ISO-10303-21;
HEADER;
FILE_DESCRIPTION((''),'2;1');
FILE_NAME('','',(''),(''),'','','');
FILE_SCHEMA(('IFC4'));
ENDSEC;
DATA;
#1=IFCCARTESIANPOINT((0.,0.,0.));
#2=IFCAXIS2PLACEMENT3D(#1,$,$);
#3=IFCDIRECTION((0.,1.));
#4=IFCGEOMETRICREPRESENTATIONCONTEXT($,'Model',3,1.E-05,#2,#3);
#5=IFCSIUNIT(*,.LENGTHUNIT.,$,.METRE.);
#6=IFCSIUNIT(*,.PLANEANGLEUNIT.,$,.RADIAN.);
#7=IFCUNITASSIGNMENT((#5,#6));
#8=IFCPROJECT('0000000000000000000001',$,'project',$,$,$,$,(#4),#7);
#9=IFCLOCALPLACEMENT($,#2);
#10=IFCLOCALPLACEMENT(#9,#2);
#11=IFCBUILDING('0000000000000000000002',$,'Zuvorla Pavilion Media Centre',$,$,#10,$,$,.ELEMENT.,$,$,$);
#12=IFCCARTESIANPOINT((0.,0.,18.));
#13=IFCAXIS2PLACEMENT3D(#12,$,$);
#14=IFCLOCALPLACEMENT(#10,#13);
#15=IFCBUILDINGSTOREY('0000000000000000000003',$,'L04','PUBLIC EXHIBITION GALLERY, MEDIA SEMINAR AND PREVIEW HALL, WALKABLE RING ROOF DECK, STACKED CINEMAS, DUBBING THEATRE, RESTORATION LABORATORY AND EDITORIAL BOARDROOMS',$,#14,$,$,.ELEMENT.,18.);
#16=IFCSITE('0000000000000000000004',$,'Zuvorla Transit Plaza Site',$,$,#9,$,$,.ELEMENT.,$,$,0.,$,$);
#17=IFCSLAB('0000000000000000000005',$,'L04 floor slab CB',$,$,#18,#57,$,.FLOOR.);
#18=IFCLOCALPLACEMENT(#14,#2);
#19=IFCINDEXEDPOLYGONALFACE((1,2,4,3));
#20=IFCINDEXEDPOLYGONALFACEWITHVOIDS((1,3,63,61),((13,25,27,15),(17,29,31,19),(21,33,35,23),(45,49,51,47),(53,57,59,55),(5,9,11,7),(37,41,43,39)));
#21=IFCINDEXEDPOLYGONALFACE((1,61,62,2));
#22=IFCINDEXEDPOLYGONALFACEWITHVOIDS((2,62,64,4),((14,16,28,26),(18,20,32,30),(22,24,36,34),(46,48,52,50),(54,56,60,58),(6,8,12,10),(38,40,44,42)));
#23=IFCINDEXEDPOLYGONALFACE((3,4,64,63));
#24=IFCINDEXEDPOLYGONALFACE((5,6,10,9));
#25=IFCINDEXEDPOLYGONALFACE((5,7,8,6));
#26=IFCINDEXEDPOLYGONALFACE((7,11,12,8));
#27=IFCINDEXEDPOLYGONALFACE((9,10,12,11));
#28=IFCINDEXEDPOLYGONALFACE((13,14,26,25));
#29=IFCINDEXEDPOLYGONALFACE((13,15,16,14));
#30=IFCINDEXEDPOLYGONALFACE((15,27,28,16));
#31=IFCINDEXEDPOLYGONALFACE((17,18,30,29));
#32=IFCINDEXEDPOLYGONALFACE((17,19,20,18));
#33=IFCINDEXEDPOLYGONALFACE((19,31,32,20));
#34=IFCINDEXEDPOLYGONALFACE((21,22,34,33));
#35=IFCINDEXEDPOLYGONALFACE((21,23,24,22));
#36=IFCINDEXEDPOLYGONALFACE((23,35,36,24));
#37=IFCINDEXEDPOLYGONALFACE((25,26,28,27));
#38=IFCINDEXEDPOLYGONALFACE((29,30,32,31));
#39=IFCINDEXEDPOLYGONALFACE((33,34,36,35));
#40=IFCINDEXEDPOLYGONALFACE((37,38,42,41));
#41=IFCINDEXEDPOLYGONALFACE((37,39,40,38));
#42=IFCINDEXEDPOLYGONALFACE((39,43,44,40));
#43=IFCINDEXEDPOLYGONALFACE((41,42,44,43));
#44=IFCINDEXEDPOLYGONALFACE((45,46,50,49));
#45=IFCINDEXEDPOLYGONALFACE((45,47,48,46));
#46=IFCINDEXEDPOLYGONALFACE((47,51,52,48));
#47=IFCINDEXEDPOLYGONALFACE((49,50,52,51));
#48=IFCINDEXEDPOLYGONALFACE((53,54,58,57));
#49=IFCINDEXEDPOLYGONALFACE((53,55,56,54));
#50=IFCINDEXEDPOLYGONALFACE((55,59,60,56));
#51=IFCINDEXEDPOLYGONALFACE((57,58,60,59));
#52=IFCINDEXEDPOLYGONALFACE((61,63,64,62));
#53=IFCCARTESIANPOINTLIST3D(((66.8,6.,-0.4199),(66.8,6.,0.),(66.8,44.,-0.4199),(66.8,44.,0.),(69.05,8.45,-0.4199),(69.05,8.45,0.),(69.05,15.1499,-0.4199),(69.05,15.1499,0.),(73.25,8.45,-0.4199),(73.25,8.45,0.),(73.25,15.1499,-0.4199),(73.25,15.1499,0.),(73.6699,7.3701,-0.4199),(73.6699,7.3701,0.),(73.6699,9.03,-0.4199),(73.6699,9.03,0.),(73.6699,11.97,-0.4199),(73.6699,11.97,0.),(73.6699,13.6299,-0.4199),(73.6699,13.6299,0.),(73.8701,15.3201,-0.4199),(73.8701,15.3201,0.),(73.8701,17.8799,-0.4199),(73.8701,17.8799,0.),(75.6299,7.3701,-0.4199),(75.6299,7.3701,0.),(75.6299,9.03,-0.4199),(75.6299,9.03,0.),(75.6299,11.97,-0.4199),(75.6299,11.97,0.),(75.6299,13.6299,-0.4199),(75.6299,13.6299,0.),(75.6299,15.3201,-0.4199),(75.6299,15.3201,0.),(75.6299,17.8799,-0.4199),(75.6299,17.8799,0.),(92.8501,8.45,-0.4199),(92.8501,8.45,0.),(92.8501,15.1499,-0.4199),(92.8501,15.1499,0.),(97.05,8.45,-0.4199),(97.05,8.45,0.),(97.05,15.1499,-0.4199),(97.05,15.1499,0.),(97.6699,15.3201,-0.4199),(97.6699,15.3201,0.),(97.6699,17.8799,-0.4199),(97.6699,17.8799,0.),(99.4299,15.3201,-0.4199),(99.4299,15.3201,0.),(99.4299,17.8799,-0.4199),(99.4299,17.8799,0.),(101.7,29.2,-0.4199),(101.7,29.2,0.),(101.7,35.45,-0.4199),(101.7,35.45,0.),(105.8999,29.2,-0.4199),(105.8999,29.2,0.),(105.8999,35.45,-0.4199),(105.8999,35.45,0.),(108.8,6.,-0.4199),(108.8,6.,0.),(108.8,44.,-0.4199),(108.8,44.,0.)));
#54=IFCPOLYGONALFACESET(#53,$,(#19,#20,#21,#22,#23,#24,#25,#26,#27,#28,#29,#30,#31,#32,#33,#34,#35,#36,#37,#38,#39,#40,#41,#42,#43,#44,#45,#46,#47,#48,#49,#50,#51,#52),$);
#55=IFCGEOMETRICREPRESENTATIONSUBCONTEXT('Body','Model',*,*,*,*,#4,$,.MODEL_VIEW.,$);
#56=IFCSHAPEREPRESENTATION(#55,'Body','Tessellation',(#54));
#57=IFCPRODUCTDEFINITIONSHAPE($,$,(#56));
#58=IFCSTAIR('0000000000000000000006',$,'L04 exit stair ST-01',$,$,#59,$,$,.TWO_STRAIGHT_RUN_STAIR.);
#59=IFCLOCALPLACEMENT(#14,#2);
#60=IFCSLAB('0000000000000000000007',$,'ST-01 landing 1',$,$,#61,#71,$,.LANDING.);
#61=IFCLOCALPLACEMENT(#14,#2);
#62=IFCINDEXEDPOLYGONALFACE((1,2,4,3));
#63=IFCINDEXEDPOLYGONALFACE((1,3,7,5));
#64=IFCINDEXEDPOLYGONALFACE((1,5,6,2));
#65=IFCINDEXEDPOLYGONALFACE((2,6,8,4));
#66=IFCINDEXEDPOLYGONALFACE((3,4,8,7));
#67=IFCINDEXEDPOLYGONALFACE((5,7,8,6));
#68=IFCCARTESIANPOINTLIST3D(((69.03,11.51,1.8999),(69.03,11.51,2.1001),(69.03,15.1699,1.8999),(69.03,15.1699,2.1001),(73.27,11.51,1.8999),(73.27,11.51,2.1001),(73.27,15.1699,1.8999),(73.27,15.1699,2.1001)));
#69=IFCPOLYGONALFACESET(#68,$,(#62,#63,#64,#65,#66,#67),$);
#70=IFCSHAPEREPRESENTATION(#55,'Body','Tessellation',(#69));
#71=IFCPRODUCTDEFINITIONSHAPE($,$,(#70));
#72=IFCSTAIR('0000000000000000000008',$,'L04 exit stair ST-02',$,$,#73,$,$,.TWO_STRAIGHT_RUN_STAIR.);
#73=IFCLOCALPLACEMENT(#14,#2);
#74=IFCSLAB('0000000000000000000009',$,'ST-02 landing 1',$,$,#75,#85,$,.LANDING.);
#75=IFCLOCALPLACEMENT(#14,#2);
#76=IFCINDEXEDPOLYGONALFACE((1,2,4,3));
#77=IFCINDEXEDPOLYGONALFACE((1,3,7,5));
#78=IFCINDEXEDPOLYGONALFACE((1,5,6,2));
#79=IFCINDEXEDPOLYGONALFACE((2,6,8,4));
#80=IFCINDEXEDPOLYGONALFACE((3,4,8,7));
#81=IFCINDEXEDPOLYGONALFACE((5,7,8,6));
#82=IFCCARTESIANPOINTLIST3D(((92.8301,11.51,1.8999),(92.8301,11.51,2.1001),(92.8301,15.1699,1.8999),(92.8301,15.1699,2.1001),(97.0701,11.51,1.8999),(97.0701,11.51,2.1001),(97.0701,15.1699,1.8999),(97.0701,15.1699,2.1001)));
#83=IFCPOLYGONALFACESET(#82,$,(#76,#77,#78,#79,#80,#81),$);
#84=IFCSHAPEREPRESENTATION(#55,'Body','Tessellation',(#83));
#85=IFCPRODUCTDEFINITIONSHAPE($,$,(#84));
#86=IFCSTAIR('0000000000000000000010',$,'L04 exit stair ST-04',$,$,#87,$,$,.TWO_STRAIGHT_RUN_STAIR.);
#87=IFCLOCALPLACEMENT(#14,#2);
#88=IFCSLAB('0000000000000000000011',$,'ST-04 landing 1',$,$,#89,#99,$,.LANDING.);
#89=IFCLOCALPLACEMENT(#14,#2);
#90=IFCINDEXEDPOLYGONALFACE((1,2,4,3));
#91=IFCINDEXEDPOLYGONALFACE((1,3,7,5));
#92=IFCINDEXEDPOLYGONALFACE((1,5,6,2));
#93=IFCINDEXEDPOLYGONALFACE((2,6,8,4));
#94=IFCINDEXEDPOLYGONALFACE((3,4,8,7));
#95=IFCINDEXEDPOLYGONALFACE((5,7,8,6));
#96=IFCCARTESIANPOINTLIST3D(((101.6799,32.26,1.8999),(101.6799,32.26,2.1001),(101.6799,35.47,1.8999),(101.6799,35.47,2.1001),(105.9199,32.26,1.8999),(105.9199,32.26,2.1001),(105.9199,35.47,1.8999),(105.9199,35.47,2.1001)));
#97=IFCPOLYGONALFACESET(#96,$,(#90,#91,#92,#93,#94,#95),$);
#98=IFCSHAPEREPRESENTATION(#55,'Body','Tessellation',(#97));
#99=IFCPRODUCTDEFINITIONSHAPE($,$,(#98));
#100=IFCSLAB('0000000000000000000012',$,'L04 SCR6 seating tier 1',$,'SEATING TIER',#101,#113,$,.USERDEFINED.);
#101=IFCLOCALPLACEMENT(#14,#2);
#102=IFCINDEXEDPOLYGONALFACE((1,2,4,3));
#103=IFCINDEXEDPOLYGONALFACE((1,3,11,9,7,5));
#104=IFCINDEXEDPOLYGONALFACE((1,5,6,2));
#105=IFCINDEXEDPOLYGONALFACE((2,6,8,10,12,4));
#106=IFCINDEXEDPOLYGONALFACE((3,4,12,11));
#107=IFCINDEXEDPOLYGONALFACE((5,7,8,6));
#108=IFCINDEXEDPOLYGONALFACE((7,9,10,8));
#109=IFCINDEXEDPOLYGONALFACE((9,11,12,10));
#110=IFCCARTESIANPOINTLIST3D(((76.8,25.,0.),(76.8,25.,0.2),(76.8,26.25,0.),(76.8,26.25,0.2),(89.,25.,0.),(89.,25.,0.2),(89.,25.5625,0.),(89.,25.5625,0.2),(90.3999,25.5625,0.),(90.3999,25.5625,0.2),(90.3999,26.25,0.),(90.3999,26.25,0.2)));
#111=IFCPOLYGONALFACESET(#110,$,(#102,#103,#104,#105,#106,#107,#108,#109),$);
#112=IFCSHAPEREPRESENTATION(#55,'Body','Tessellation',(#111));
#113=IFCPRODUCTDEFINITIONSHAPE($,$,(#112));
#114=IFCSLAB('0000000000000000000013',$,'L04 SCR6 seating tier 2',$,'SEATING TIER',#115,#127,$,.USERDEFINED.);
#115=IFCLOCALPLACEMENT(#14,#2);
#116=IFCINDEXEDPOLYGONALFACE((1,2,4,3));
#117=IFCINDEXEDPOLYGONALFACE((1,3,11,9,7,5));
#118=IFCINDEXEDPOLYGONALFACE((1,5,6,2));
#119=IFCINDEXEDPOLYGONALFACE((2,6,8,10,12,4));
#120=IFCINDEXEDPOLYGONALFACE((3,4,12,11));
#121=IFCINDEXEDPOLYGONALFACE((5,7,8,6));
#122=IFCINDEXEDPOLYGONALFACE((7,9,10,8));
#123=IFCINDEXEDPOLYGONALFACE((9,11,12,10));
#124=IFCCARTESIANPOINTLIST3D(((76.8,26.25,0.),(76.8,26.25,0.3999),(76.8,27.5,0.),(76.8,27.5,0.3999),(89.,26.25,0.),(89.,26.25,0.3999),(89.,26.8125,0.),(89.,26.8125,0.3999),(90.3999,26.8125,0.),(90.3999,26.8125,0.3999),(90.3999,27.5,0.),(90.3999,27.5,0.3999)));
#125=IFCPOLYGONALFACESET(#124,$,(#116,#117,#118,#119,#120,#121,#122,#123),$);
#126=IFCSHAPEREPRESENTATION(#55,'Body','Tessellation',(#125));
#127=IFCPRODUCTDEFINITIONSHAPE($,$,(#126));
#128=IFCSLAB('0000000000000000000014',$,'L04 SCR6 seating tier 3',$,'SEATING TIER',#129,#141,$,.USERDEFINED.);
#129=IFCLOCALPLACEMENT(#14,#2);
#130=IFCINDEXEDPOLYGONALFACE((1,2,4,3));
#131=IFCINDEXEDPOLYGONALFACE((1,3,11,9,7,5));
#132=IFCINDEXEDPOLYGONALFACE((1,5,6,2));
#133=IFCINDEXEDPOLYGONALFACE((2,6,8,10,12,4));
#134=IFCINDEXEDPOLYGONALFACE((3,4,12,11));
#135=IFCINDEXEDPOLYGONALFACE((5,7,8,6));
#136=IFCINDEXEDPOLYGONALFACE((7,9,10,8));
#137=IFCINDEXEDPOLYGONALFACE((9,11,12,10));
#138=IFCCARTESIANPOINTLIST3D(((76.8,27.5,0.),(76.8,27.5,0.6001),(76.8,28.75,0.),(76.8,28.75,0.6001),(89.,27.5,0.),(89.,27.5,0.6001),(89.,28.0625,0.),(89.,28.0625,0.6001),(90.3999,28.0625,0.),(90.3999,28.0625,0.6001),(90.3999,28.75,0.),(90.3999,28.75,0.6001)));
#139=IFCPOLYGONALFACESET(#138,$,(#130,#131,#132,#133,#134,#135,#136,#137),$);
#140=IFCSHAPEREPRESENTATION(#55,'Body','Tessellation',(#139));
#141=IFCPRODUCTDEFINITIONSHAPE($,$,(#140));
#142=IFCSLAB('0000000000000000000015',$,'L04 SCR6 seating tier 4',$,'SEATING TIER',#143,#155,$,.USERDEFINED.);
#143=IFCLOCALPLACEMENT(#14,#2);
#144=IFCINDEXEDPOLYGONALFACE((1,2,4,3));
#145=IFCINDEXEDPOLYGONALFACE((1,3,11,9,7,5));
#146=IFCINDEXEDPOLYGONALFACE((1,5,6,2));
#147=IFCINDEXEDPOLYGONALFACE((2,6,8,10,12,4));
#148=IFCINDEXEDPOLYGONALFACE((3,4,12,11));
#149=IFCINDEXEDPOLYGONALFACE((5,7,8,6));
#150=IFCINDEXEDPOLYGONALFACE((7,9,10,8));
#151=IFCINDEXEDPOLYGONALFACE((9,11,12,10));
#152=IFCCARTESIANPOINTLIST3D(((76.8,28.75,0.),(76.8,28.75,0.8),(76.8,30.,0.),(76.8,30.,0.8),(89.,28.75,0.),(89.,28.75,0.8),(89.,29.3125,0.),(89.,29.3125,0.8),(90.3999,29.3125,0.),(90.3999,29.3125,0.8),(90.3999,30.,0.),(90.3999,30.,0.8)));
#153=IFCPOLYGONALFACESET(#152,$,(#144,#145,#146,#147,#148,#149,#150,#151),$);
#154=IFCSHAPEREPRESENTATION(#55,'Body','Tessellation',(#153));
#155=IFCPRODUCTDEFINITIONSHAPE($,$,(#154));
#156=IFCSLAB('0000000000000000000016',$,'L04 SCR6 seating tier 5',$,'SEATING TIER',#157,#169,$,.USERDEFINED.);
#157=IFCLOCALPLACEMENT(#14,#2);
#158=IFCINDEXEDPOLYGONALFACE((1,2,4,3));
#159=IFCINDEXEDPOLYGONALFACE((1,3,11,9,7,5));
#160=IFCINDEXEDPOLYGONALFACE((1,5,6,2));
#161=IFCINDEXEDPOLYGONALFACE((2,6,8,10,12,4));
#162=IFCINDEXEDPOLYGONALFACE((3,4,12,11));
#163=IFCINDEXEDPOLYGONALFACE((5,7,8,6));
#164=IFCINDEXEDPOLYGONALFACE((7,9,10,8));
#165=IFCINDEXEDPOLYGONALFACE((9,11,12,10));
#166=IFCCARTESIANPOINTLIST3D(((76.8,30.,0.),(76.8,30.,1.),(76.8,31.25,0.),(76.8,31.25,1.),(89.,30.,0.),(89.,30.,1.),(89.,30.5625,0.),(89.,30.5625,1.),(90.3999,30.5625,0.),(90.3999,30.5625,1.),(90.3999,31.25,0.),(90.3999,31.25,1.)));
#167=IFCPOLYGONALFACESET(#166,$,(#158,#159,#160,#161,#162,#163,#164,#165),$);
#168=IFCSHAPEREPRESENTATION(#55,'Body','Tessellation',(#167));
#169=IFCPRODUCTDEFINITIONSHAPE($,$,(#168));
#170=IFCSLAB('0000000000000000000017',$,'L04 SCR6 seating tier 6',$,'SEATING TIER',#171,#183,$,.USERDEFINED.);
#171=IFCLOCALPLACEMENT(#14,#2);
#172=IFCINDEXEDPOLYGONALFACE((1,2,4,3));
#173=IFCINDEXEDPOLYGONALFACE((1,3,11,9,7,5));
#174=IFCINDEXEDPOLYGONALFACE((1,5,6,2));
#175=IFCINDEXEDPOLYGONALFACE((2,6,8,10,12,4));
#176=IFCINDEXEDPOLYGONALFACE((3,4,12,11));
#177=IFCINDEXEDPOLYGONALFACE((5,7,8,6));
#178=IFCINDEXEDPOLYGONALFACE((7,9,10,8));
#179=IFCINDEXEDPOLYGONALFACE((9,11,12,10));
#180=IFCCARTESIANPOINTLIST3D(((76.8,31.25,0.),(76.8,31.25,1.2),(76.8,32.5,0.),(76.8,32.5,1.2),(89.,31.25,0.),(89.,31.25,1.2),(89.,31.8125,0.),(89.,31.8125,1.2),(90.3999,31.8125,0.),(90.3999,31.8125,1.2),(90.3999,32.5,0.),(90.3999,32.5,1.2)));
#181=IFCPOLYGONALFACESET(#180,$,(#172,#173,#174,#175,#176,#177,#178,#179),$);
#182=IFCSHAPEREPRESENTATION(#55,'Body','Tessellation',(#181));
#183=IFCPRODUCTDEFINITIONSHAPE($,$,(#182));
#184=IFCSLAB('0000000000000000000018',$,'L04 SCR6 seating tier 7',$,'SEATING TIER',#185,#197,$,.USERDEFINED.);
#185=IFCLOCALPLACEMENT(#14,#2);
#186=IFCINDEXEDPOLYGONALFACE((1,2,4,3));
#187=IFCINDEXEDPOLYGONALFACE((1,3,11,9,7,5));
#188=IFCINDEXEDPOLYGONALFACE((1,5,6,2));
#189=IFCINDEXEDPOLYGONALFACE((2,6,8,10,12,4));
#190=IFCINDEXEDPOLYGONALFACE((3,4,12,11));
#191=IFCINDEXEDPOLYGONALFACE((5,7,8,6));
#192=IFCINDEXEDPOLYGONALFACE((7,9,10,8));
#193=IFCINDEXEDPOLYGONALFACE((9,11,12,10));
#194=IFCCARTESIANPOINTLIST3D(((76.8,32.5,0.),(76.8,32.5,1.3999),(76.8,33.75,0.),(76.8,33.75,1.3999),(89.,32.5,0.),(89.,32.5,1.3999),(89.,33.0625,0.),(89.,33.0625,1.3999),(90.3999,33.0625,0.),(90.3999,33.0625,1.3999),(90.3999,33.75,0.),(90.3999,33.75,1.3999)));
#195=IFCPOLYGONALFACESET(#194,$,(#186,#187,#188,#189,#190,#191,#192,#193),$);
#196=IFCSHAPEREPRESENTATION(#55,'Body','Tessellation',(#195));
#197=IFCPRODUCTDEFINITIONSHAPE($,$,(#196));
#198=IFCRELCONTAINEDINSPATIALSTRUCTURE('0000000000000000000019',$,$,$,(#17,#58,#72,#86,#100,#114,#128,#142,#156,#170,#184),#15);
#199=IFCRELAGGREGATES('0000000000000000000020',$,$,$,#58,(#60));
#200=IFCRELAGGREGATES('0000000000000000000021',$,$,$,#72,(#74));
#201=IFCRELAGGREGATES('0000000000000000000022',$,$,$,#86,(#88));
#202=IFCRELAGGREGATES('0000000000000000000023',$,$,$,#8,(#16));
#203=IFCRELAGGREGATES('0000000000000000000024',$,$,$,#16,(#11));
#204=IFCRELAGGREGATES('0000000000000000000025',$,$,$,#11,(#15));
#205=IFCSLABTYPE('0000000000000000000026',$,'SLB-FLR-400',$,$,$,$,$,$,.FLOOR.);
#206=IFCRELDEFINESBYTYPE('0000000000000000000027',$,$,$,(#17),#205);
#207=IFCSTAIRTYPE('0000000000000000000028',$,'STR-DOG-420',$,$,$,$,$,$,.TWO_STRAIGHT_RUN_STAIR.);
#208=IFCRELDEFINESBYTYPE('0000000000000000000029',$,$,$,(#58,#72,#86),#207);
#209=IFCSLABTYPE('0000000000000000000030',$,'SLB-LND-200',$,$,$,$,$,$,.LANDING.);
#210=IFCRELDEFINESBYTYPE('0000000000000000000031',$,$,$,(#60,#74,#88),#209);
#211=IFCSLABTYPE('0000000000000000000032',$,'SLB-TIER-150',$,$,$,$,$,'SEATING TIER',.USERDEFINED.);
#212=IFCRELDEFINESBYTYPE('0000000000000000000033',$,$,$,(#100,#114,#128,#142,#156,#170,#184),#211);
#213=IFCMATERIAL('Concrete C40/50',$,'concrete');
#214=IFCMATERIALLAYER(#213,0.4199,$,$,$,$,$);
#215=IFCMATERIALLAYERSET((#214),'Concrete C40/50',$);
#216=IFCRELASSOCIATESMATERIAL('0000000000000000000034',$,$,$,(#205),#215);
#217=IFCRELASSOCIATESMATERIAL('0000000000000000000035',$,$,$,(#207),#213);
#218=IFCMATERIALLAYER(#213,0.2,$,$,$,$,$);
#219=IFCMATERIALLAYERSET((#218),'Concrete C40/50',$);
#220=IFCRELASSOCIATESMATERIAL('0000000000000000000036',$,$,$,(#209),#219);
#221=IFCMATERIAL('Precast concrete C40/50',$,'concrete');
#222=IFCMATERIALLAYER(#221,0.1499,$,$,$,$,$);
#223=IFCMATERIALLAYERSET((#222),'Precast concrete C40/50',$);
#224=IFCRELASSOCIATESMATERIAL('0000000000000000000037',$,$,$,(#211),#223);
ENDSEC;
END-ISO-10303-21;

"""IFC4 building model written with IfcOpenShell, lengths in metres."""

from ifc_helpers import new_model, si_unit, direction, frame, origin, place, context, subcontext, project, spatial, polyline, outline, extrude, material, layer, layer_set, type_object, element, aggregate, save


model = new_model("IFC4")

# Units and contexts
model_context = context("Model", 3, precision=1e-05, world=origin(), true_north=direction((0.0, 1.0)))
body_context = subcontext(model_context, "Body", "Model", "MODEL_VIEW")
ifc_project = project(units=[si_unit("LENGTHUNIT", "METRE"), si_unit("PLANEANGLEUNIT", "RADIAN")], contexts=[model_context])

# Site, building, storey
site_placement = place(None, origin())
site = spatial("IfcSite", under=ifc_project, at=site_placement, Name="Zuvorla Transit Plaza Site", CompositionType="ELEMENT", RefElevation=0.0)
building_placement = place(site_placement, origin())
building = spatial("IfcBuilding", under=site, at=building_placement, Name="Zuvorla Pavilion Media Centre", CompositionType="ELEMENT")
storey_placement = place(building_placement, frame((0.0, 0.0, 18.0)))
storey = spatial("IfcBuildingStorey", under=building, at=storey_placement, Name="L04", Description="PUBLIC EXHIBITION GALLERY, MEDIA SEMINAR AND PREVIEW HALL, WALKABLE RING ROOF DECK, STACKED CINEMAS, DUBBING THEATRE, RESTORATION LABORATORY AND EDITORIAL BOARDROOMS", CompositionType="ELEMENT", Elevation=18.0)

# Shared definitions
ifc_material_1 = material(Name="Concrete C40/50", Category="concrete")

# Slab
ifc_material_2 = material(Name="Precast concrete C40/50", Category="concrete")
ifc_layer_1 = layer(ifc_material_1, 0.4199)
ifc_layer_set_1 = layer_set([ifc_layer_1], Name="Concrete C40/50")
slab_type_1 = type_object("IfcSlabType", Name="SLB-FLR-400", PredefinedType="FLOOR", material=ifc_layer_set_1)
slab_1_placement = place(storey_placement, frame((0.0, 0.0, -0.4199)))
element("IfcSlab", 1, at=slab_1_placement, inside=storey, type_object=slab_type_1, Name="L04 floor slab CB", PredefinedType="FLOOR", context=body_context, shape_type="SweptSolid", body=[
    extrude(outline(polyline([(66.8, 6.0), (66.8, 44.0), (108.8, 44.0), (108.8, 6.0), (66.8, 6.0)]), holes=[polyline([(73.6699, 7.3701), (75.6299, 7.3701), (75.6299, 9.03), (73.6699, 9.03), (73.6699, 7.3701)]), polyline([(69.05, 15.1499), (69.05, 8.45), (73.25, 8.45), (73.25, 15.1499), (69.05, 15.1499)]), polyline([(92.8501, 15.1499), (92.8501, 8.45), (97.05, 8.45), (97.05, 15.1499), (92.8501, 15.1499)]), polyline([(73.6699, 13.6299), (73.6699, 11.97), (75.6299, 11.97), (75.6299, 13.6299), (73.6699, 13.6299)]), polyline([(73.8701, 17.8799), (73.8701, 15.3201), (75.6299, 15.3201), (75.6299, 17.8799), (73.8701, 17.8799)]), polyline([(97.6699, 17.8799), (97.6699, 15.3201), (99.4299, 15.3201), (99.4299, 17.8799), (97.6699, 17.8799)]), polyline([(101.7, 35.45), (101.7, 29.2), (105.8999, 29.2), (105.8999, 35.45), (101.7, 35.45)])]), origin(), (0.0, 0.0, 1.0), 0.4199),
])

# Stairs, slabs
stair_type = type_object("IfcStairType", Name="STR-DOG-420", PredefinedType="TWO_STRAIGHT_RUN_STAIR", material=ifc_material_1)
stair_1_placement = place(storey_placement, origin())
stair_1 = element("IfcStair", 2, at=stair_1_placement, inside=storey, type_object=stair_type, Name="L04 exit stair ST-01", PredefinedType="TWO_STRAIGHT_RUN_STAIR")
ifc_layer_2 = layer(ifc_material_1, 0.2)
ifc_layer_set_2 = layer_set([ifc_layer_2], Name="Concrete C40/50")
slab_type_2 = type_object("IfcSlabType", Name="SLB-LND-200", PredefinedType="LANDING", material=ifc_layer_set_2)
slab_2_placement = place(storey_placement, frame((0.0, 0.0, 1.8999)))
slab_2 = element("IfcSlab", 3, at=slab_2_placement, type_object=slab_type_2, Name="ST-01 landing 1", PredefinedType="LANDING", context=body_context, shape_type="SweptSolid", body=[
    extrude(outline(polyline([(69.03, 11.51), (73.27, 11.51), (73.27, 15.1699), (69.03, 15.1699), (69.03, 11.51)])), origin(), (0.0, 0.0, 1.0), 0.2002),
])
aggregate(stair_1, [slab_2])
stair_2_placement = place(storey_placement, origin())
stair_2 = element("IfcStair", 4, at=stair_2_placement, inside=storey, type_object=stair_type, Name="L04 exit stair ST-02", PredefinedType="TWO_STRAIGHT_RUN_STAIR")
slab_3_placement = place(storey_placement, frame((0.0, 0.0, 1.8999)))
slab_3 = element("IfcSlab", 5, at=slab_3_placement, type_object=slab_type_2, Name="ST-02 landing 1", PredefinedType="LANDING", context=body_context, shape_type="SweptSolid", body=[
    extrude(outline(polyline([(92.8301, 11.51), (97.0701, 11.51), (97.0701, 15.1699), (92.8301, 15.1699), (92.8301, 11.51)])), origin(), (0.0, 0.0, 1.0), 0.2002),
])
aggregate(stair_2, [slab_3])
stair_3_placement = place(storey_placement, origin())
stair_3 = element("IfcStair", 6, at=stair_3_placement, inside=storey, type_object=stair_type, Name="L04 exit stair ST-04", PredefinedType="TWO_STRAIGHT_RUN_STAIR")
slab_4_placement = place(storey_placement, frame((0.0, 0.0, 1.8999)))
slab_4 = element("IfcSlab", 7, at=slab_4_placement, type_object=slab_type_2, Name="ST-04 landing 1", PredefinedType="LANDING", context=body_context, shape_type="SweptSolid", body=[
    extrude(outline(polyline([(101.6799, 32.26), (105.9199, 32.26), (105.9199, 35.47), (101.6799, 35.47), (101.6799, 32.26)])), origin(), (0.0, 0.0, 1.0), 0.2002),
])
aggregate(stair_3, [slab_4])

# Slabs
ifc_layer_3 = layer(ifc_material_2, 0.1499)
ifc_layer_set_3 = layer_set([ifc_layer_3], Name="Precast concrete C40/50")
slab_type_3 = type_object("IfcSlabType", Name="SLB-TIER-150", ElementType="SEATING TIER", PredefinedType="USERDEFINED", material=ifc_layer_set_3)
slab_5_placement = place(storey_placement, origin())
element("IfcSlab", 8, at=slab_5_placement, inside=storey, type_object=slab_type_3, Name="L04 SCR6 seating tier 1", ObjectType="SEATING TIER", PredefinedType="USERDEFINED", context=body_context, shape_type="SweptSolid", body=[
    extrude(outline(polyline([(76.8, 25.0), (89.0, 25.0), (89.0, 25.5625), (90.3999, 25.5625), (90.3999, 26.25), (76.8, 26.25), (76.8, 25.0)])), origin(), (0.0, 0.0, 1.0), 0.2),
])
slab_6_placement = place(storey_placement, origin())
element("IfcSlab", 9, at=slab_6_placement, inside=storey, type_object=slab_type_3, Name="L04 SCR6 seating tier 2", ObjectType="SEATING TIER", PredefinedType="USERDEFINED", context=body_context, shape_type="SweptSolid", body=[
    extrude(outline(polyline([(76.8, 26.25), (89.0, 26.25), (89.0, 26.8125), (90.3999, 26.8125), (90.3999, 27.5), (76.8, 27.5), (76.8, 26.25)])), origin(), (0.0, 0.0, 1.0), 0.3999),
])
slab_7_placement = place(storey_placement, origin())
element("IfcSlab", 10, at=slab_7_placement, inside=storey, type_object=slab_type_3, Name="L04 SCR6 seating tier 3", ObjectType="SEATING TIER", PredefinedType="USERDEFINED", context=body_context, shape_type="SweptSolid", body=[
    extrude(outline(polyline([(76.8, 27.5), (89.0, 27.5), (89.0, 28.0625), (90.3999, 28.0625), (90.3999, 28.75), (76.8, 28.75), (76.8, 27.5)])), origin(), (0.0, 0.0, 1.0), 0.6001),
])
slab_8_placement = place(storey_placement, origin())
element("IfcSlab", 11, at=slab_8_placement, inside=storey, type_object=slab_type_3, Name="L04 SCR6 seating tier 4", ObjectType="SEATING TIER", PredefinedType="USERDEFINED", context=body_context, shape_type="SweptSolid", body=[
    extrude(outline(polyline([(76.8, 28.75), (89.0, 28.75), (89.0, 29.3125), (90.3999, 29.3125), (90.3999, 30.0), (76.8, 30.0), (76.8, 28.75)])), origin(), (0.0, 0.0, 1.0), 0.8),
])
slab_9_placement = place(storey_placement, origin())
element("IfcSlab", 12, at=slab_9_placement, inside=storey, type_object=slab_type_3, Name="L04 SCR6 seating tier 5", ObjectType="SEATING TIER", PredefinedType="USERDEFINED", context=body_context, shape_type="SweptSolid", body=[
    extrude(outline(polyline([(76.8, 30.0), (89.0, 30.0), (89.0, 30.5625), (90.3999, 30.5625), (90.3999, 31.25), (76.8, 31.25), (76.8, 30.0)])), origin(), (0.0, 0.0, 1.0), 1.0),
])
slab_10_placement = place(storey_placement, origin())
element("IfcSlab", 13, at=slab_10_placement, inside=storey, type_object=slab_type_3, Name="L04 SCR6 seating tier 6", ObjectType="SEATING TIER", PredefinedType="USERDEFINED", context=body_context, shape_type="SweptSolid", body=[
    extrude(outline(polyline([(76.8, 31.25), (89.0, 31.25), (89.0, 31.8125), (90.3999, 31.8125), (90.3999, 32.5), (76.8, 32.5), (76.8, 31.25)])), origin(), (0.0, 0.0, 1.0), 1.2),
])
slab_11_placement = place(storey_placement, origin())
element("IfcSlab", 14, at=slab_11_placement, inside=storey, type_object=slab_type_3, Name="L04 SCR6 seating tier 7", ObjectType="SEATING TIER", PredefinedType="USERDEFINED", context=body_context, shape_type="SweptSolid", body=[
    extrude(outline(polyline([(76.8, 32.5), (89.0, 32.5), (89.0, 33.0625), (90.3999, 33.0625), (90.3999, 33.75), (76.8, 33.75), (76.8, 32.5)])), origin(), (0.0, 0.0, 1.0), 1.3999),
])

save(model, "model.ifc")
